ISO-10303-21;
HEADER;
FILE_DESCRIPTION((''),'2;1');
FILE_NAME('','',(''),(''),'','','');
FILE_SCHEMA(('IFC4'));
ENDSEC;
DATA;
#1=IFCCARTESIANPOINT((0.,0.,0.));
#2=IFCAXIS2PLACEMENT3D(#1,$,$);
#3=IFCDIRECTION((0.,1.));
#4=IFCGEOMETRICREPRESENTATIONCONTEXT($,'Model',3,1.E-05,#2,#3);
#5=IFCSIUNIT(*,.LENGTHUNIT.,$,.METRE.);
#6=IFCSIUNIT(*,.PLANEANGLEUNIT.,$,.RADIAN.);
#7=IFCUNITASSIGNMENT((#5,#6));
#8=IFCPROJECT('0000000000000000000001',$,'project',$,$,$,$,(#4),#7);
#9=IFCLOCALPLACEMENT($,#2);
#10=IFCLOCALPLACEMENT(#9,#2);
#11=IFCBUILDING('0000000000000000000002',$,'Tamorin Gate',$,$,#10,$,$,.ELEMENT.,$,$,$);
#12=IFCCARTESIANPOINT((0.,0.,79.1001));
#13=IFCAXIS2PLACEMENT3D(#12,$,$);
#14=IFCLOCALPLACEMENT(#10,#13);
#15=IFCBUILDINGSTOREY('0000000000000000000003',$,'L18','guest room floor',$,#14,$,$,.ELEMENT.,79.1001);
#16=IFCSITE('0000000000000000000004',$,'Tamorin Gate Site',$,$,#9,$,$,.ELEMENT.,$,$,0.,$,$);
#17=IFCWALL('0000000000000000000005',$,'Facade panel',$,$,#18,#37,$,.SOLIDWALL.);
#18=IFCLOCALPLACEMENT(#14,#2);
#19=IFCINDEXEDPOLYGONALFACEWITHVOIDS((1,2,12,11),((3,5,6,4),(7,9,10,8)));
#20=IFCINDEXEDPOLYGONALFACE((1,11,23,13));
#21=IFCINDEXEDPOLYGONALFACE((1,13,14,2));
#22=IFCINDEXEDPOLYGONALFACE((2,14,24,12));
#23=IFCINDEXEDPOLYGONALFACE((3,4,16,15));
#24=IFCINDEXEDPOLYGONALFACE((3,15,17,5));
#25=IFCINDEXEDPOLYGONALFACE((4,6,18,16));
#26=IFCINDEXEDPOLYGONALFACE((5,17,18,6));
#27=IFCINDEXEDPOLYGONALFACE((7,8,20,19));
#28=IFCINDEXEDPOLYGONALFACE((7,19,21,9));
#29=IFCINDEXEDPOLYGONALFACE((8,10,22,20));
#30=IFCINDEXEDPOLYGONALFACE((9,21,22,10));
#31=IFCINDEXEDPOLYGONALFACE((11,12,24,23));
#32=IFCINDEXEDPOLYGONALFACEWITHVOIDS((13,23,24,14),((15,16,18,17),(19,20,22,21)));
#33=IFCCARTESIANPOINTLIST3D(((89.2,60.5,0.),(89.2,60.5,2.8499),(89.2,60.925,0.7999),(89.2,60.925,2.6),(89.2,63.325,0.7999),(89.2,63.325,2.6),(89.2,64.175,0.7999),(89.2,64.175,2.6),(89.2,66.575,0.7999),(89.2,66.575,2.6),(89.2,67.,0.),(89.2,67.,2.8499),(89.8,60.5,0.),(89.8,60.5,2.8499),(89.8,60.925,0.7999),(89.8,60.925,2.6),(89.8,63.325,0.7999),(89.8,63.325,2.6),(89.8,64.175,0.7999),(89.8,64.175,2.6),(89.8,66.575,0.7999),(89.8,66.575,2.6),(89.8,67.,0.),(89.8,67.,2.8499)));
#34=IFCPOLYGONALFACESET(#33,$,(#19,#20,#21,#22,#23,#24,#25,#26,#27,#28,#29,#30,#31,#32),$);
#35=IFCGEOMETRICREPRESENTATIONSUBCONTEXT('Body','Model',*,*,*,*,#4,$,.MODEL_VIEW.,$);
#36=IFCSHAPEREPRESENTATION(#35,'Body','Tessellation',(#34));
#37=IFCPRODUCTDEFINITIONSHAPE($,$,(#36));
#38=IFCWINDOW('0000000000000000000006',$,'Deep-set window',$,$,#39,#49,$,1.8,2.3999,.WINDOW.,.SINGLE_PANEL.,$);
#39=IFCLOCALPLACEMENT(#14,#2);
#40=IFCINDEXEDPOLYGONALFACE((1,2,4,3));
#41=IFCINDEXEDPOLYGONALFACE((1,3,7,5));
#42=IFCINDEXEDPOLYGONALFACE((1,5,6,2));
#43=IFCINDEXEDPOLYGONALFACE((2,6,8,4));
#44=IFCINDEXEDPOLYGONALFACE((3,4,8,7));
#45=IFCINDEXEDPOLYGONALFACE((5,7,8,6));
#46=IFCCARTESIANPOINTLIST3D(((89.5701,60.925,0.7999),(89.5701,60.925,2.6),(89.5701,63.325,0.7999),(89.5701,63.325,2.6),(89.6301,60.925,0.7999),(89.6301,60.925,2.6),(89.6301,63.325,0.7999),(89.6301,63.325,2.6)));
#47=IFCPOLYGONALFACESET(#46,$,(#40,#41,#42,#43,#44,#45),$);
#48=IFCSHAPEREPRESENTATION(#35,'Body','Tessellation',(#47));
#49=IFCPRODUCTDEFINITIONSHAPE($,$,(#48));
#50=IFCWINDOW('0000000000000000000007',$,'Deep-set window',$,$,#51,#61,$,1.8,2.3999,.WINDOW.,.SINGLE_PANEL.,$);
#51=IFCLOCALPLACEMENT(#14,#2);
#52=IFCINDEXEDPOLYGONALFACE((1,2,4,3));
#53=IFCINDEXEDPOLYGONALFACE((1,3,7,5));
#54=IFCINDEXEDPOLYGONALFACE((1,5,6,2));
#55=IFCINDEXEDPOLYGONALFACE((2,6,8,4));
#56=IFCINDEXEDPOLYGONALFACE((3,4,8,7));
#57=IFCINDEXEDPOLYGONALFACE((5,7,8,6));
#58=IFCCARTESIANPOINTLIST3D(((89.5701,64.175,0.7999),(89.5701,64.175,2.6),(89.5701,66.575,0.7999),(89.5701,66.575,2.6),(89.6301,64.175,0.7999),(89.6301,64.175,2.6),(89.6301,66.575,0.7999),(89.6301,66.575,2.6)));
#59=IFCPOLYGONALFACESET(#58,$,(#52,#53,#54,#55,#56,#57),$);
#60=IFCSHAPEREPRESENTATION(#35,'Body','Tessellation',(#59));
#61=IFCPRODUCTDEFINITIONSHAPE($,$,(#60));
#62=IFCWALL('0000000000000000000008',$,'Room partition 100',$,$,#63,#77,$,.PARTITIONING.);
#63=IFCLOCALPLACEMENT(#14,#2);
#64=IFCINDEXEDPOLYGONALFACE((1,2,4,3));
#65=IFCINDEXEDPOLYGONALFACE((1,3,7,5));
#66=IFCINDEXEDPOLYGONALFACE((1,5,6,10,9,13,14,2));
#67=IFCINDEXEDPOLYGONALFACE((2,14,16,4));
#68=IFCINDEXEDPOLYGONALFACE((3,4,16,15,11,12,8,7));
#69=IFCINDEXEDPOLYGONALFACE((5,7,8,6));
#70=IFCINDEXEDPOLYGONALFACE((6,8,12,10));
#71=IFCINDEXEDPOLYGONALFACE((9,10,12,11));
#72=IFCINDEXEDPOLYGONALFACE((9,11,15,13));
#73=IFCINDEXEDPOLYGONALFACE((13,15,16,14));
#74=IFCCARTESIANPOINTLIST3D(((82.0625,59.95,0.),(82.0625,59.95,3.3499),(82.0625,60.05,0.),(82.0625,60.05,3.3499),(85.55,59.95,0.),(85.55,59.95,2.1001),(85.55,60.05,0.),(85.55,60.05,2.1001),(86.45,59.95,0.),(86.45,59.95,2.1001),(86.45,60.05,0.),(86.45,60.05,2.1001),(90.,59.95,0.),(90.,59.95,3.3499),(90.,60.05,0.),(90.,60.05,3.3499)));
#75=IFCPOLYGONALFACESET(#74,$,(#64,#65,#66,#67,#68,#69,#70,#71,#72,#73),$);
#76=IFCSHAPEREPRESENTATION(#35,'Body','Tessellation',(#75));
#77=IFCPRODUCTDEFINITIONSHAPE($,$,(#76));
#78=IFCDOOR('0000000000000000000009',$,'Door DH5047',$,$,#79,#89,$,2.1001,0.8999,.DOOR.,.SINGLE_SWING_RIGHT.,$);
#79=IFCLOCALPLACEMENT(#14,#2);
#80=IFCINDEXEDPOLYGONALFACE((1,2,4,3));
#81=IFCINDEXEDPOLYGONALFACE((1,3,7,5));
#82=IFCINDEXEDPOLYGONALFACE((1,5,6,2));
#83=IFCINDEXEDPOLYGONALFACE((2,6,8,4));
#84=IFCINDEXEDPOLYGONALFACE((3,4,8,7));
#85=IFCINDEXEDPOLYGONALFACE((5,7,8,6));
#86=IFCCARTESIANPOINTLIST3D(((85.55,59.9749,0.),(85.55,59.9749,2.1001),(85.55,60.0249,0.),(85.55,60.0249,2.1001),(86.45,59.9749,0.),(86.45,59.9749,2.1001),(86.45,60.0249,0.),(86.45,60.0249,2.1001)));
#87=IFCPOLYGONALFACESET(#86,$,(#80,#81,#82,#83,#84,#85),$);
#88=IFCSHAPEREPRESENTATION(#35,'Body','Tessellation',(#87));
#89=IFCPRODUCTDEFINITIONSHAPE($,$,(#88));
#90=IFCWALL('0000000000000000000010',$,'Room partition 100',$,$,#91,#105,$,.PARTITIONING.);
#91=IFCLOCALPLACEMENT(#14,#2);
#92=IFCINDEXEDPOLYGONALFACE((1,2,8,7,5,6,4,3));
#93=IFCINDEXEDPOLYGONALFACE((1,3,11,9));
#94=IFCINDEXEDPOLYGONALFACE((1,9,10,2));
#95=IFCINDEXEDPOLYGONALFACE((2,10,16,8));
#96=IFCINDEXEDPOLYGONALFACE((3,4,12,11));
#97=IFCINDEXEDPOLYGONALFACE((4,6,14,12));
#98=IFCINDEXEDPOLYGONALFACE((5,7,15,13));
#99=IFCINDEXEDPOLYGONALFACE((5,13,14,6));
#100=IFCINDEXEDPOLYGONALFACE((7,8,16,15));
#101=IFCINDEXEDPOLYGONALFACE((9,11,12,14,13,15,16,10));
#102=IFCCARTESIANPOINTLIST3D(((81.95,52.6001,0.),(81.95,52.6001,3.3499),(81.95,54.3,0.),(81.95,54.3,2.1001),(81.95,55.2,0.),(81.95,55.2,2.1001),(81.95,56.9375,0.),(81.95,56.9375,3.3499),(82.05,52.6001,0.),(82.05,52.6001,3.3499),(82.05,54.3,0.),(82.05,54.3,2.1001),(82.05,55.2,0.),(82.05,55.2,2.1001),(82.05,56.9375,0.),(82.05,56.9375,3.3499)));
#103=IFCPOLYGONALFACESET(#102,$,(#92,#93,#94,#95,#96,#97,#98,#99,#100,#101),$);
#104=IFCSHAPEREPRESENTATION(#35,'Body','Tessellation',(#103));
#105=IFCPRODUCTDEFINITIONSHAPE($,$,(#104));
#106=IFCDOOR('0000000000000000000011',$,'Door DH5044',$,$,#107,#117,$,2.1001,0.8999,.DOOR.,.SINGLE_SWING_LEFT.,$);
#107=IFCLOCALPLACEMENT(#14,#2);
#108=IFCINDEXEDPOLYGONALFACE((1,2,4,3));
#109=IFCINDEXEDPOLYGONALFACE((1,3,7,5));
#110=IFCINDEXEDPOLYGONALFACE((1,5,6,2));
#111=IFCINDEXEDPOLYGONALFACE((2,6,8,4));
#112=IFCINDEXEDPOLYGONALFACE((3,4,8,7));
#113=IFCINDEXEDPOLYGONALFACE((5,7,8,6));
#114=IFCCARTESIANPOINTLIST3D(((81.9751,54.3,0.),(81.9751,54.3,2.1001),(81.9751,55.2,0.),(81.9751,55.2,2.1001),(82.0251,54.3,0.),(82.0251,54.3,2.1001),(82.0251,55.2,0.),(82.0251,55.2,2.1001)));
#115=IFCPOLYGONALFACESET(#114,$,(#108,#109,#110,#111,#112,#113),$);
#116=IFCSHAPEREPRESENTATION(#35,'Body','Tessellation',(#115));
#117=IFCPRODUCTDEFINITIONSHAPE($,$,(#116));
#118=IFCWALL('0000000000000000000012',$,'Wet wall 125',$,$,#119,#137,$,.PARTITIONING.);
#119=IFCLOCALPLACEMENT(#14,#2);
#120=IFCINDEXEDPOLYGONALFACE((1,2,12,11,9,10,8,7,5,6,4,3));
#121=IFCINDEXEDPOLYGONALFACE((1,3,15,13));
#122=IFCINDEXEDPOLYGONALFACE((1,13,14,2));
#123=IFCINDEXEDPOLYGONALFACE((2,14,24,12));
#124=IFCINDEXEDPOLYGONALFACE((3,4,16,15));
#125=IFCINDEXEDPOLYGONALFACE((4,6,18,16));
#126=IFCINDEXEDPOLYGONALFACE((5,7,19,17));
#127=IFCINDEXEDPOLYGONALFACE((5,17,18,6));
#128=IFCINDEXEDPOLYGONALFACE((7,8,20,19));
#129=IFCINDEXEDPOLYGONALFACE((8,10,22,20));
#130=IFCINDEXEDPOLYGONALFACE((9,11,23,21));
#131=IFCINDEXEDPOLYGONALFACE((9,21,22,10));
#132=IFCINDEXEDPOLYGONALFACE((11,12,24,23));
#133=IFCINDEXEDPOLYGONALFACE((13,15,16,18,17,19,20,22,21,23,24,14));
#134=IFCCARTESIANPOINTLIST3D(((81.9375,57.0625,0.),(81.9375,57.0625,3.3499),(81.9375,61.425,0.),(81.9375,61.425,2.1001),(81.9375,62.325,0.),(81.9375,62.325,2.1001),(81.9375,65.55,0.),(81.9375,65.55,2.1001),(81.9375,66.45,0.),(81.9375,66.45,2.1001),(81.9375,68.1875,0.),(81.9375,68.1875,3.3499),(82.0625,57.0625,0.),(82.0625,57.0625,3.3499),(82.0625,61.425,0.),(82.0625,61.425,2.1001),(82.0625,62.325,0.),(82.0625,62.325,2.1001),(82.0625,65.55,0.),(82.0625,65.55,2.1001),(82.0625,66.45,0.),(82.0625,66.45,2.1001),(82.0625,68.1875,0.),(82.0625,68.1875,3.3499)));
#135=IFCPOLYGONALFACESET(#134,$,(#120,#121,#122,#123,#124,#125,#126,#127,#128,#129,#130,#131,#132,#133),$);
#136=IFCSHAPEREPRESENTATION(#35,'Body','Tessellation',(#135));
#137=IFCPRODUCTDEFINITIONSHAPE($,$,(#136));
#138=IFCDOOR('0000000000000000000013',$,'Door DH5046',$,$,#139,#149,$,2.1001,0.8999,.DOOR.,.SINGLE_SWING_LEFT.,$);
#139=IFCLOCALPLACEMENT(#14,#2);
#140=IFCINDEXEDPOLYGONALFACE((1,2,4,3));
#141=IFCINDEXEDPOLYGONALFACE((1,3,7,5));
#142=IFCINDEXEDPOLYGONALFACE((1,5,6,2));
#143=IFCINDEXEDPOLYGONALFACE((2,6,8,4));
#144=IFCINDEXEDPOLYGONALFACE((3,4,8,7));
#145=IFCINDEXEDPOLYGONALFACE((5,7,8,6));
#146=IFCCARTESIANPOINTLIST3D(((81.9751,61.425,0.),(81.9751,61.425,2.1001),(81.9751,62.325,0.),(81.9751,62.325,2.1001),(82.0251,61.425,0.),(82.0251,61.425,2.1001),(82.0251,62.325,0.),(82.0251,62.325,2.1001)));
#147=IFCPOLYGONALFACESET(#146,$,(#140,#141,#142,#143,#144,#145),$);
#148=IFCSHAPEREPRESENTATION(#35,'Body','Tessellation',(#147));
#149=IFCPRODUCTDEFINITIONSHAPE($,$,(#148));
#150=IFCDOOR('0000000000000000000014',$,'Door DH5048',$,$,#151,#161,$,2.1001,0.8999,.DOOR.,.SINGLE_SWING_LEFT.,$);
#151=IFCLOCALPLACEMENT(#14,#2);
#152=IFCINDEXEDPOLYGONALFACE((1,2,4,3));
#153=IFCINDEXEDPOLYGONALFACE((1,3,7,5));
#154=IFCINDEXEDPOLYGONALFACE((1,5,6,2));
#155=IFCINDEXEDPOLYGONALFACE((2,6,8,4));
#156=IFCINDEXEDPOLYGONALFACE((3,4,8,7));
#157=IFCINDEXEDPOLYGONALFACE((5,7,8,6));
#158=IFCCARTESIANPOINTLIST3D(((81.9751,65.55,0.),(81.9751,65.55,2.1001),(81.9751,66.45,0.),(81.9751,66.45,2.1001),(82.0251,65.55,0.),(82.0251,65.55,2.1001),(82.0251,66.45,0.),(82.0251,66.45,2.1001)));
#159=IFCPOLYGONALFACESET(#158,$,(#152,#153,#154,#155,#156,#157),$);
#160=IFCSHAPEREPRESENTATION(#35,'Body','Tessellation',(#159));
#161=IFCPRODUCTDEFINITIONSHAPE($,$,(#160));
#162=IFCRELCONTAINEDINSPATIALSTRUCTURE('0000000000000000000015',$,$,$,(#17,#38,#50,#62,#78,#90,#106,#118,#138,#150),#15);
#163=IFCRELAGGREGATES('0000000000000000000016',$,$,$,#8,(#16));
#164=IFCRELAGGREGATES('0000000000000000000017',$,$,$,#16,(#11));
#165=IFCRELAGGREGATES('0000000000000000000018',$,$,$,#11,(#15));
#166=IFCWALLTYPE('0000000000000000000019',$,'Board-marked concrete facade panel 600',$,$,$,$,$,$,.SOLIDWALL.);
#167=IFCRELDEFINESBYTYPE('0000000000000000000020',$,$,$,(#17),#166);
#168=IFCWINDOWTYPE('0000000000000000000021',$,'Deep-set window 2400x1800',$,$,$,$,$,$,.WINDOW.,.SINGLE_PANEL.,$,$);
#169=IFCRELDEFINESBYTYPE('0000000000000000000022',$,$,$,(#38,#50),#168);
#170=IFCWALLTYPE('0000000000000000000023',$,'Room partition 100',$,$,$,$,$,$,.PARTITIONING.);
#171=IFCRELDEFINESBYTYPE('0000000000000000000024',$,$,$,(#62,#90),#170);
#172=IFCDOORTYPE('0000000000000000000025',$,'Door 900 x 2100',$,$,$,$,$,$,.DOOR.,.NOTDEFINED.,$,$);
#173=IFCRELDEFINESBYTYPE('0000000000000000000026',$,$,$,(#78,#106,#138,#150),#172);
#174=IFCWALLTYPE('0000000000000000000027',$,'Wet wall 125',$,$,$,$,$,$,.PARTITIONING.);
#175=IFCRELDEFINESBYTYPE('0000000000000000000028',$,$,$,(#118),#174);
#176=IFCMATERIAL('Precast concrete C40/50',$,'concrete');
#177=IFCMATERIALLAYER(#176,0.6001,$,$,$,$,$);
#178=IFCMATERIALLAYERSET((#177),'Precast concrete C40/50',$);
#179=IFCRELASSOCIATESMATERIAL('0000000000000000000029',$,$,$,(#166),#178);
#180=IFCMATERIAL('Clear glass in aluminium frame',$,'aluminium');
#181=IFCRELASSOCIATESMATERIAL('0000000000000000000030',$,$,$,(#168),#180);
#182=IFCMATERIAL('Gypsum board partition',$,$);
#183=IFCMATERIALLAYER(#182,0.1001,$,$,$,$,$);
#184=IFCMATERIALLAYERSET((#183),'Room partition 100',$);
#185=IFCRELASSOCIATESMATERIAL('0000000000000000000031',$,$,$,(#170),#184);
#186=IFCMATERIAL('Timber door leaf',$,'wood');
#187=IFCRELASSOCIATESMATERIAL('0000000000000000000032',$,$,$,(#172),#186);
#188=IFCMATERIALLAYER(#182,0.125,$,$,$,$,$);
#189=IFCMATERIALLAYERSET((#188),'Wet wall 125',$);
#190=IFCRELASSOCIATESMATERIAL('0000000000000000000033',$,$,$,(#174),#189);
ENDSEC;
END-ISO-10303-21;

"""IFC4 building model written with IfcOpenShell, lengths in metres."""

from ifc_helpers import new_model, si_unit, direction, frame, frame_2d, origin, place, context, subcontext, project, spatial, rectangle, extrude, material, layer, layer_set, type_object, element, fill, save


model = new_model("IFC4")

# Units and contexts
model_context = context("Model", 3, precision=1e-05, world=origin(), true_north=direction((0.0, 1.0)))
body_context = subcontext(model_context, "Body", "Model", "MODEL_VIEW")
ifc_project = project(units=[si_unit("LENGTHUNIT", "METRE"), si_unit("PLANEANGLEUNIT", "RADIAN")], contexts=[model_context])

# Site, building, storey
site_placement = place(None, origin())
site = spatial("IfcSite", under=ifc_project, at=site_placement, Name="Tamorin Gate Site", CompositionType="ELEMENT", RefElevation=0.0)
building_placement = place(site_placement, origin())
building = spatial("IfcBuilding", under=site, at=building_placement, Name="Tamorin Gate", CompositionType="ELEMENT")
storey_placement = place(building_placement, frame((0.0, 0.0, 79.1001)))
storey = spatial("IfcBuildingStorey", under=building, at=storey_placement, Name="L18", Description="guest room floor", CompositionType="ELEMENT", Elevation=79.1001)

# Wall, openings, windows
ifc_material_1 = material(Name="Precast concrete C40/50", Category="concrete")
ifc_layer_1 = layer(ifc_material_1, 0.6001)
ifc_layer_set_1 = layer_set([ifc_layer_1], Name="Precast concrete C40/50")
wall_type_1 = type_object("IfcWallType", Name="Board-marked concrete facade panel 600", PredefinedType="SOLIDWALL", material=ifc_layer_set_1)
ifc_material_2 = material(Name="Clear glass in aluminium frame", Category="aluminium")
window_type = type_object("IfcWindowType", Name="Deep-set window 2400x1800", PartitioningType="SINGLE_PANEL", PredefinedType="WINDOW", material=ifc_material_2)
wall_1_placement = place(storey_placement, frame((89.5, 60.5, 0.0), z_axis=(0.0, 0.0, 1.0), x_axis=(0.0, 1.0, 0.0)))
wall_1 = element("IfcWall", 1, at=wall_1_placement, inside=storey, type_object=wall_type_1, Name="Facade panel", PredefinedType="SOLIDWALL", context=body_context, shape_type="SweptSolid", body=[
    extrude(rectangle(XDim=6.5, YDim=0.6001, at=frame_2d((3.25, 0.0))), origin(), (0.0, 0.0, 1.0), 2.8499),
])
opening_1_placement = place(wall_1_placement, frame((0.425, 0.0, 0.8)))
opening_1 = element("IfcOpeningElement", 2, at=opening_1_placement, cuts=wall_1, PredefinedType="OPENING", context=body_context, shape_type="SweptSolid", body=[
    extrude(rectangle(XDim=2.3999, YDim=1.8, at=frame_2d((1.2, 0.8999))), frame((0.0, 0.3101, 0.0), z_axis=(0.0, -1.0, 0.0), x_axis=(1.0, 0.0, 0.0)), (0.0, 0.0, 1.0), 0.6201),
])
opening_2_placement = place(wall_1_placement, frame((3.675, 0.0, 0.8)))
opening_2 = element("IfcOpeningElement", 3, at=opening_2_placement, cuts=wall_1, PredefinedType="OPENING", context=body_context, shape_type="SweptSolid", body=[
    extrude(rectangle(XDim=2.3999, YDim=1.8, at=frame_2d((1.2, 0.8999))), frame((0.0, 0.3101, 0.0), z_axis=(0.0, -1.0, 0.0), x_axis=(1.0, 0.0, 0.0)), (0.0, 0.0, 1.0), 0.6201),
])
window_1_placement = place(opening_1_placement, origin())
window_1 = element("IfcWindow", 4, at=window_1_placement, inside=storey, type_object=window_type, Name="Deep-set window", OverallHeight=1.8, OverallWidth=2.3999, PartitioningType="SINGLE_PANEL", PredefinedType="WINDOW", context=body_context, shape_type="SweptSolid", body=[
    extrude(rectangle(XDim=2.3999, YDim=1.8, at=frame_2d((1.2, 0.8999))), frame((0.0, -0.0701, 0.0), z_axis=(0.0, -1.0, 0.0), x_axis=(1.0, 0.0, 0.0)), (0.0, 0.0, 1.0), 0.0601),
])
fill(opening_1, window_1)
window_2_placement = place(opening_2_placement, origin())
window_2 = element("IfcWindow", 5, at=window_2_placement, inside=storey, type_object=window_type, Name="Deep-set window", OverallHeight=1.8, OverallWidth=2.3999, PartitioningType="SINGLE_PANEL", PredefinedType="WINDOW", context=body_context, shape_type="SweptSolid", body=[
    extrude(rectangle(XDim=2.3999, YDim=1.8, at=frame_2d((1.2, 0.8999))), frame((0.0, -0.0701, 0.0), z_axis=(0.0, -1.0, 0.0), x_axis=(1.0, 0.0, 0.0)), (0.0, 0.0, 1.0), 0.0601),
])
fill(opening_2, window_2)

# Walls, openings, doors
ifc_material_3 = material(Name="Gypsum board partition")
ifc_layer_2 = layer(ifc_material_3, 0.1001)
ifc_layer_set_2 = layer_set([ifc_layer_2], Name="Room partition 100")
wall_type_2 = type_object("IfcWallType", Name="Room partition 100", PredefinedType="PARTITIONING", material=ifc_layer_set_2)
wall_2_placement = place(storey_placement, frame((82.0625, 60.0, 0.0), z_axis=(0.0, 0.0, 1.0), x_axis=(1.0, 0.0, 0.0)))
wall_2 = element("IfcWall", 6, at=wall_2_placement, inside=storey, type_object=wall_type_2, Name="Room partition 100", PredefinedType="PARTITIONING", context=body_context, shape_type="SweptSolid", body=[
    extrude(rectangle(XDim=7.9375, YDim=0.1001, at=frame_2d((3.9688, 0.0))), origin(), (0.0, 0.0, 1.0), 3.3499),
])
opening_3_placement = place(wall_2_placement, frame((3.4875, 0.0, 0.0)))
opening_3 = element("IfcOpeningElement", 7, at=opening_3_placement, cuts=wall_2, PredefinedType="OPENING", context=body_context, shape_type="SweptSolid", body=[
    extrude(rectangle(XDim=0.8999, YDim=2.1001, at=frame_2d((0.45, 1.05))), frame((0.0, 0.0601, 0.0), z_axis=(0.0, -1.0, 0.0), x_axis=(1.0, 0.0, 0.0)), (0.0, 0.0, 1.0), 0.1201),
])
ifc_material_4 = material(Name="Timber door leaf", Category="wood")
door_type = type_object("IfcDoorType", Name="Door 900 x 2100", OperationType="NOTDEFINED", PredefinedType="DOOR", material=ifc_material_4)
door_1_placement = place(opening_3_placement, origin())
door_1 = element("IfcDoor", 8, at=door_1_placement, inside=storey, type_object=door_type, Name="Door DH5047", OperationType="SINGLE_SWING_RIGHT", OverallHeight=2.1001, OverallWidth=0.8999, PredefinedType="DOOR", context=body_context, shape_type="SweptSolid", body=[
    extrude(rectangle(XDim=0.8999, YDim=2.1001, at=frame_2d((0.45, 1.05))), frame((0.0, 0.0249, 0.0), z_axis=(0.0, -1.0, 0.0), x_axis=(1.0, 0.0, 0.0)), (0.0, 0.0, 1.0), 0.05),
])
fill(opening_3, door_1)
wall_3_placement = place(storey_placement, frame((82.0, 52.6001, 0.0), z_axis=(0.0, 0.0, 1.0), x_axis=(0.0, 1.0, 0.0)))
wall_3 = element("IfcWall", 9, at=wall_3_placement, inside=storey, type_object=wall_type_2, Name="Room partition 100", PredefinedType="PARTITIONING", context=body_context, shape_type="SweptSolid", body=[
    extrude(rectangle(XDim=4.3374, YDim=0.1001, at=frame_2d((2.1687, 0.0))), origin(), (0.0, 0.0, 1.0), 3.3499),
])
opening_4_placement = place(wall_3_placement, frame((1.7, 0.0, 0.0)))
opening_4 = element("IfcOpeningElement", 10, at=opening_4_placement, cuts=wall_3, PredefinedType="OPENING", context=body_context, shape_type="SweptSolid", body=[
    extrude(rectangle(XDim=0.8999, YDim=2.1001, at=frame_2d((0.45, 1.05))), frame((0.0, 0.0601, 0.0), z_axis=(0.0, -1.0, 0.0), x_axis=(1.0, 0.0, 0.0)), (0.0, 0.0, 1.0), 0.1201),
])
door_2_placement = place(opening_4_placement, origin())
door_2 = element("IfcDoor", 11, at=door_2_placement, inside=storey, type_object=door_type, Name="Door DH5044", OperationType="SINGLE_SWING_LEFT", OverallHeight=2.1001, OverallWidth=0.8999, PredefinedType="DOOR", context=body_context, shape_type="SweptSolid", body=[
    extrude(rectangle(XDim=0.8999, YDim=2.1001, at=frame_2d((0.45, 1.05))), frame((0.0, 0.0249, 0.0), z_axis=(0.0, -1.0, 0.0), x_axis=(1.0, 0.0, 0.0)), (0.0, 0.0, 1.0), 0.05),
])
fill(opening_4, door_2)

# Wall, openings, doors
ifc_layer_3 = layer(ifc_material_3, 0.125)
ifc_layer_set_3 = layer_set([ifc_layer_3], Name="Wet wall 125")
wall_type_3 = type_object("IfcWallType", Name="Wet wall 125", PredefinedType="PARTITIONING", material=ifc_layer_set_3)
wall_4_placement = place(storey_placement, frame((82.0, 57.0625, 0.0), z_axis=(0.0, 0.0, 1.0), x_axis=(0.0, 1.0, 0.0)))
wall_4 = element("IfcWall", 12, at=wall_4_placement, inside=storey, type_object=wall_type_3, Name="Wet wall 125", PredefinedType="PARTITIONING", context=body_context, shape_type="SweptSolid", body=[
    extrude(rectangle(XDim=11.125, YDim=0.125, at=frame_2d((5.5625, 0.0))), origin(), (0.0, 0.0, 1.0), 3.3499),
])
opening_5_placement = place(wall_4_placement, frame((4.3625, 0.0, 0.0)))
opening_5 = element("IfcOpeningElement", 13, at=opening_5_placement, cuts=wall_4, PredefinedType="OPENING", context=body_context, shape_type="SweptSolid", body=[
    extrude(rectangle(XDim=0.8999, YDim=2.1001, at=frame_2d((0.45, 1.05))), frame((0.0, 0.0725, 0.0), z_axis=(0.0, -1.0, 0.0), x_axis=(1.0, 0.0, 0.0)), (0.0, 0.0, 1.0), 0.145),
])
opening_6_placement = place(wall_4_placement, frame((8.4875, 0.0, 0.0)))
opening_6 = element("IfcOpeningElement", 14, at=opening_6_placement, cuts=wall_4, PredefinedType="OPENING", context=body_context, shape_type="SweptSolid", body=[
    extrude(rectangle(XDim=0.8999, YDim=2.1001, at=frame_2d((0.45, 1.05))), frame((0.0, 0.0725, 0.0), z_axis=(0.0, -1.0, 0.0), x_axis=(1.0, 0.0, 0.0)), (0.0, 0.0, 1.0), 0.145),
])
door_3_placement = place(opening_5_placement, origin())
door_3 = element("IfcDoor", 15, at=door_3_placement, inside=storey, type_object=door_type, Name="Door DH5046", OperationType="SINGLE_SWING_LEFT", OverallHeight=2.1001, OverallWidth=0.8999, PredefinedType="DOOR", context=body_context, shape_type="SweptSolid", body=[
    extrude(rectangle(XDim=0.8999, YDim=2.1001, at=frame_2d((0.45, 1.05))), frame((0.0, 0.0249, 0.0), z_axis=(0.0, -1.0, 0.0), x_axis=(1.0, 0.0, 0.0)), (0.0, 0.0, 1.0), 0.05),
])
fill(opening_5, door_3)
door_4_placement = place(opening_6_placement, origin())
door_4 = element("IfcDoor", 16, at=door_4_placement, inside=storey, type_object=door_type, Name="Door DH5048", OperationType="SINGLE_SWING_LEFT", OverallHeight=2.1001, OverallWidth=0.8999, PredefinedType="DOOR", context=body_context, shape_type="SweptSolid", body=[
    extrude(rectangle(XDim=0.8999, YDim=2.1001, at=frame_2d((0.45, 1.05))), frame((0.0, 0.0249, 0.0), z_axis=(0.0, -1.0, 0.0), x_axis=(1.0, 0.0, 0.0)), (0.0, 0.0, 1.0), 0.05),
])
fill(opening_6, door_4)

save(model, "model.ifc")
